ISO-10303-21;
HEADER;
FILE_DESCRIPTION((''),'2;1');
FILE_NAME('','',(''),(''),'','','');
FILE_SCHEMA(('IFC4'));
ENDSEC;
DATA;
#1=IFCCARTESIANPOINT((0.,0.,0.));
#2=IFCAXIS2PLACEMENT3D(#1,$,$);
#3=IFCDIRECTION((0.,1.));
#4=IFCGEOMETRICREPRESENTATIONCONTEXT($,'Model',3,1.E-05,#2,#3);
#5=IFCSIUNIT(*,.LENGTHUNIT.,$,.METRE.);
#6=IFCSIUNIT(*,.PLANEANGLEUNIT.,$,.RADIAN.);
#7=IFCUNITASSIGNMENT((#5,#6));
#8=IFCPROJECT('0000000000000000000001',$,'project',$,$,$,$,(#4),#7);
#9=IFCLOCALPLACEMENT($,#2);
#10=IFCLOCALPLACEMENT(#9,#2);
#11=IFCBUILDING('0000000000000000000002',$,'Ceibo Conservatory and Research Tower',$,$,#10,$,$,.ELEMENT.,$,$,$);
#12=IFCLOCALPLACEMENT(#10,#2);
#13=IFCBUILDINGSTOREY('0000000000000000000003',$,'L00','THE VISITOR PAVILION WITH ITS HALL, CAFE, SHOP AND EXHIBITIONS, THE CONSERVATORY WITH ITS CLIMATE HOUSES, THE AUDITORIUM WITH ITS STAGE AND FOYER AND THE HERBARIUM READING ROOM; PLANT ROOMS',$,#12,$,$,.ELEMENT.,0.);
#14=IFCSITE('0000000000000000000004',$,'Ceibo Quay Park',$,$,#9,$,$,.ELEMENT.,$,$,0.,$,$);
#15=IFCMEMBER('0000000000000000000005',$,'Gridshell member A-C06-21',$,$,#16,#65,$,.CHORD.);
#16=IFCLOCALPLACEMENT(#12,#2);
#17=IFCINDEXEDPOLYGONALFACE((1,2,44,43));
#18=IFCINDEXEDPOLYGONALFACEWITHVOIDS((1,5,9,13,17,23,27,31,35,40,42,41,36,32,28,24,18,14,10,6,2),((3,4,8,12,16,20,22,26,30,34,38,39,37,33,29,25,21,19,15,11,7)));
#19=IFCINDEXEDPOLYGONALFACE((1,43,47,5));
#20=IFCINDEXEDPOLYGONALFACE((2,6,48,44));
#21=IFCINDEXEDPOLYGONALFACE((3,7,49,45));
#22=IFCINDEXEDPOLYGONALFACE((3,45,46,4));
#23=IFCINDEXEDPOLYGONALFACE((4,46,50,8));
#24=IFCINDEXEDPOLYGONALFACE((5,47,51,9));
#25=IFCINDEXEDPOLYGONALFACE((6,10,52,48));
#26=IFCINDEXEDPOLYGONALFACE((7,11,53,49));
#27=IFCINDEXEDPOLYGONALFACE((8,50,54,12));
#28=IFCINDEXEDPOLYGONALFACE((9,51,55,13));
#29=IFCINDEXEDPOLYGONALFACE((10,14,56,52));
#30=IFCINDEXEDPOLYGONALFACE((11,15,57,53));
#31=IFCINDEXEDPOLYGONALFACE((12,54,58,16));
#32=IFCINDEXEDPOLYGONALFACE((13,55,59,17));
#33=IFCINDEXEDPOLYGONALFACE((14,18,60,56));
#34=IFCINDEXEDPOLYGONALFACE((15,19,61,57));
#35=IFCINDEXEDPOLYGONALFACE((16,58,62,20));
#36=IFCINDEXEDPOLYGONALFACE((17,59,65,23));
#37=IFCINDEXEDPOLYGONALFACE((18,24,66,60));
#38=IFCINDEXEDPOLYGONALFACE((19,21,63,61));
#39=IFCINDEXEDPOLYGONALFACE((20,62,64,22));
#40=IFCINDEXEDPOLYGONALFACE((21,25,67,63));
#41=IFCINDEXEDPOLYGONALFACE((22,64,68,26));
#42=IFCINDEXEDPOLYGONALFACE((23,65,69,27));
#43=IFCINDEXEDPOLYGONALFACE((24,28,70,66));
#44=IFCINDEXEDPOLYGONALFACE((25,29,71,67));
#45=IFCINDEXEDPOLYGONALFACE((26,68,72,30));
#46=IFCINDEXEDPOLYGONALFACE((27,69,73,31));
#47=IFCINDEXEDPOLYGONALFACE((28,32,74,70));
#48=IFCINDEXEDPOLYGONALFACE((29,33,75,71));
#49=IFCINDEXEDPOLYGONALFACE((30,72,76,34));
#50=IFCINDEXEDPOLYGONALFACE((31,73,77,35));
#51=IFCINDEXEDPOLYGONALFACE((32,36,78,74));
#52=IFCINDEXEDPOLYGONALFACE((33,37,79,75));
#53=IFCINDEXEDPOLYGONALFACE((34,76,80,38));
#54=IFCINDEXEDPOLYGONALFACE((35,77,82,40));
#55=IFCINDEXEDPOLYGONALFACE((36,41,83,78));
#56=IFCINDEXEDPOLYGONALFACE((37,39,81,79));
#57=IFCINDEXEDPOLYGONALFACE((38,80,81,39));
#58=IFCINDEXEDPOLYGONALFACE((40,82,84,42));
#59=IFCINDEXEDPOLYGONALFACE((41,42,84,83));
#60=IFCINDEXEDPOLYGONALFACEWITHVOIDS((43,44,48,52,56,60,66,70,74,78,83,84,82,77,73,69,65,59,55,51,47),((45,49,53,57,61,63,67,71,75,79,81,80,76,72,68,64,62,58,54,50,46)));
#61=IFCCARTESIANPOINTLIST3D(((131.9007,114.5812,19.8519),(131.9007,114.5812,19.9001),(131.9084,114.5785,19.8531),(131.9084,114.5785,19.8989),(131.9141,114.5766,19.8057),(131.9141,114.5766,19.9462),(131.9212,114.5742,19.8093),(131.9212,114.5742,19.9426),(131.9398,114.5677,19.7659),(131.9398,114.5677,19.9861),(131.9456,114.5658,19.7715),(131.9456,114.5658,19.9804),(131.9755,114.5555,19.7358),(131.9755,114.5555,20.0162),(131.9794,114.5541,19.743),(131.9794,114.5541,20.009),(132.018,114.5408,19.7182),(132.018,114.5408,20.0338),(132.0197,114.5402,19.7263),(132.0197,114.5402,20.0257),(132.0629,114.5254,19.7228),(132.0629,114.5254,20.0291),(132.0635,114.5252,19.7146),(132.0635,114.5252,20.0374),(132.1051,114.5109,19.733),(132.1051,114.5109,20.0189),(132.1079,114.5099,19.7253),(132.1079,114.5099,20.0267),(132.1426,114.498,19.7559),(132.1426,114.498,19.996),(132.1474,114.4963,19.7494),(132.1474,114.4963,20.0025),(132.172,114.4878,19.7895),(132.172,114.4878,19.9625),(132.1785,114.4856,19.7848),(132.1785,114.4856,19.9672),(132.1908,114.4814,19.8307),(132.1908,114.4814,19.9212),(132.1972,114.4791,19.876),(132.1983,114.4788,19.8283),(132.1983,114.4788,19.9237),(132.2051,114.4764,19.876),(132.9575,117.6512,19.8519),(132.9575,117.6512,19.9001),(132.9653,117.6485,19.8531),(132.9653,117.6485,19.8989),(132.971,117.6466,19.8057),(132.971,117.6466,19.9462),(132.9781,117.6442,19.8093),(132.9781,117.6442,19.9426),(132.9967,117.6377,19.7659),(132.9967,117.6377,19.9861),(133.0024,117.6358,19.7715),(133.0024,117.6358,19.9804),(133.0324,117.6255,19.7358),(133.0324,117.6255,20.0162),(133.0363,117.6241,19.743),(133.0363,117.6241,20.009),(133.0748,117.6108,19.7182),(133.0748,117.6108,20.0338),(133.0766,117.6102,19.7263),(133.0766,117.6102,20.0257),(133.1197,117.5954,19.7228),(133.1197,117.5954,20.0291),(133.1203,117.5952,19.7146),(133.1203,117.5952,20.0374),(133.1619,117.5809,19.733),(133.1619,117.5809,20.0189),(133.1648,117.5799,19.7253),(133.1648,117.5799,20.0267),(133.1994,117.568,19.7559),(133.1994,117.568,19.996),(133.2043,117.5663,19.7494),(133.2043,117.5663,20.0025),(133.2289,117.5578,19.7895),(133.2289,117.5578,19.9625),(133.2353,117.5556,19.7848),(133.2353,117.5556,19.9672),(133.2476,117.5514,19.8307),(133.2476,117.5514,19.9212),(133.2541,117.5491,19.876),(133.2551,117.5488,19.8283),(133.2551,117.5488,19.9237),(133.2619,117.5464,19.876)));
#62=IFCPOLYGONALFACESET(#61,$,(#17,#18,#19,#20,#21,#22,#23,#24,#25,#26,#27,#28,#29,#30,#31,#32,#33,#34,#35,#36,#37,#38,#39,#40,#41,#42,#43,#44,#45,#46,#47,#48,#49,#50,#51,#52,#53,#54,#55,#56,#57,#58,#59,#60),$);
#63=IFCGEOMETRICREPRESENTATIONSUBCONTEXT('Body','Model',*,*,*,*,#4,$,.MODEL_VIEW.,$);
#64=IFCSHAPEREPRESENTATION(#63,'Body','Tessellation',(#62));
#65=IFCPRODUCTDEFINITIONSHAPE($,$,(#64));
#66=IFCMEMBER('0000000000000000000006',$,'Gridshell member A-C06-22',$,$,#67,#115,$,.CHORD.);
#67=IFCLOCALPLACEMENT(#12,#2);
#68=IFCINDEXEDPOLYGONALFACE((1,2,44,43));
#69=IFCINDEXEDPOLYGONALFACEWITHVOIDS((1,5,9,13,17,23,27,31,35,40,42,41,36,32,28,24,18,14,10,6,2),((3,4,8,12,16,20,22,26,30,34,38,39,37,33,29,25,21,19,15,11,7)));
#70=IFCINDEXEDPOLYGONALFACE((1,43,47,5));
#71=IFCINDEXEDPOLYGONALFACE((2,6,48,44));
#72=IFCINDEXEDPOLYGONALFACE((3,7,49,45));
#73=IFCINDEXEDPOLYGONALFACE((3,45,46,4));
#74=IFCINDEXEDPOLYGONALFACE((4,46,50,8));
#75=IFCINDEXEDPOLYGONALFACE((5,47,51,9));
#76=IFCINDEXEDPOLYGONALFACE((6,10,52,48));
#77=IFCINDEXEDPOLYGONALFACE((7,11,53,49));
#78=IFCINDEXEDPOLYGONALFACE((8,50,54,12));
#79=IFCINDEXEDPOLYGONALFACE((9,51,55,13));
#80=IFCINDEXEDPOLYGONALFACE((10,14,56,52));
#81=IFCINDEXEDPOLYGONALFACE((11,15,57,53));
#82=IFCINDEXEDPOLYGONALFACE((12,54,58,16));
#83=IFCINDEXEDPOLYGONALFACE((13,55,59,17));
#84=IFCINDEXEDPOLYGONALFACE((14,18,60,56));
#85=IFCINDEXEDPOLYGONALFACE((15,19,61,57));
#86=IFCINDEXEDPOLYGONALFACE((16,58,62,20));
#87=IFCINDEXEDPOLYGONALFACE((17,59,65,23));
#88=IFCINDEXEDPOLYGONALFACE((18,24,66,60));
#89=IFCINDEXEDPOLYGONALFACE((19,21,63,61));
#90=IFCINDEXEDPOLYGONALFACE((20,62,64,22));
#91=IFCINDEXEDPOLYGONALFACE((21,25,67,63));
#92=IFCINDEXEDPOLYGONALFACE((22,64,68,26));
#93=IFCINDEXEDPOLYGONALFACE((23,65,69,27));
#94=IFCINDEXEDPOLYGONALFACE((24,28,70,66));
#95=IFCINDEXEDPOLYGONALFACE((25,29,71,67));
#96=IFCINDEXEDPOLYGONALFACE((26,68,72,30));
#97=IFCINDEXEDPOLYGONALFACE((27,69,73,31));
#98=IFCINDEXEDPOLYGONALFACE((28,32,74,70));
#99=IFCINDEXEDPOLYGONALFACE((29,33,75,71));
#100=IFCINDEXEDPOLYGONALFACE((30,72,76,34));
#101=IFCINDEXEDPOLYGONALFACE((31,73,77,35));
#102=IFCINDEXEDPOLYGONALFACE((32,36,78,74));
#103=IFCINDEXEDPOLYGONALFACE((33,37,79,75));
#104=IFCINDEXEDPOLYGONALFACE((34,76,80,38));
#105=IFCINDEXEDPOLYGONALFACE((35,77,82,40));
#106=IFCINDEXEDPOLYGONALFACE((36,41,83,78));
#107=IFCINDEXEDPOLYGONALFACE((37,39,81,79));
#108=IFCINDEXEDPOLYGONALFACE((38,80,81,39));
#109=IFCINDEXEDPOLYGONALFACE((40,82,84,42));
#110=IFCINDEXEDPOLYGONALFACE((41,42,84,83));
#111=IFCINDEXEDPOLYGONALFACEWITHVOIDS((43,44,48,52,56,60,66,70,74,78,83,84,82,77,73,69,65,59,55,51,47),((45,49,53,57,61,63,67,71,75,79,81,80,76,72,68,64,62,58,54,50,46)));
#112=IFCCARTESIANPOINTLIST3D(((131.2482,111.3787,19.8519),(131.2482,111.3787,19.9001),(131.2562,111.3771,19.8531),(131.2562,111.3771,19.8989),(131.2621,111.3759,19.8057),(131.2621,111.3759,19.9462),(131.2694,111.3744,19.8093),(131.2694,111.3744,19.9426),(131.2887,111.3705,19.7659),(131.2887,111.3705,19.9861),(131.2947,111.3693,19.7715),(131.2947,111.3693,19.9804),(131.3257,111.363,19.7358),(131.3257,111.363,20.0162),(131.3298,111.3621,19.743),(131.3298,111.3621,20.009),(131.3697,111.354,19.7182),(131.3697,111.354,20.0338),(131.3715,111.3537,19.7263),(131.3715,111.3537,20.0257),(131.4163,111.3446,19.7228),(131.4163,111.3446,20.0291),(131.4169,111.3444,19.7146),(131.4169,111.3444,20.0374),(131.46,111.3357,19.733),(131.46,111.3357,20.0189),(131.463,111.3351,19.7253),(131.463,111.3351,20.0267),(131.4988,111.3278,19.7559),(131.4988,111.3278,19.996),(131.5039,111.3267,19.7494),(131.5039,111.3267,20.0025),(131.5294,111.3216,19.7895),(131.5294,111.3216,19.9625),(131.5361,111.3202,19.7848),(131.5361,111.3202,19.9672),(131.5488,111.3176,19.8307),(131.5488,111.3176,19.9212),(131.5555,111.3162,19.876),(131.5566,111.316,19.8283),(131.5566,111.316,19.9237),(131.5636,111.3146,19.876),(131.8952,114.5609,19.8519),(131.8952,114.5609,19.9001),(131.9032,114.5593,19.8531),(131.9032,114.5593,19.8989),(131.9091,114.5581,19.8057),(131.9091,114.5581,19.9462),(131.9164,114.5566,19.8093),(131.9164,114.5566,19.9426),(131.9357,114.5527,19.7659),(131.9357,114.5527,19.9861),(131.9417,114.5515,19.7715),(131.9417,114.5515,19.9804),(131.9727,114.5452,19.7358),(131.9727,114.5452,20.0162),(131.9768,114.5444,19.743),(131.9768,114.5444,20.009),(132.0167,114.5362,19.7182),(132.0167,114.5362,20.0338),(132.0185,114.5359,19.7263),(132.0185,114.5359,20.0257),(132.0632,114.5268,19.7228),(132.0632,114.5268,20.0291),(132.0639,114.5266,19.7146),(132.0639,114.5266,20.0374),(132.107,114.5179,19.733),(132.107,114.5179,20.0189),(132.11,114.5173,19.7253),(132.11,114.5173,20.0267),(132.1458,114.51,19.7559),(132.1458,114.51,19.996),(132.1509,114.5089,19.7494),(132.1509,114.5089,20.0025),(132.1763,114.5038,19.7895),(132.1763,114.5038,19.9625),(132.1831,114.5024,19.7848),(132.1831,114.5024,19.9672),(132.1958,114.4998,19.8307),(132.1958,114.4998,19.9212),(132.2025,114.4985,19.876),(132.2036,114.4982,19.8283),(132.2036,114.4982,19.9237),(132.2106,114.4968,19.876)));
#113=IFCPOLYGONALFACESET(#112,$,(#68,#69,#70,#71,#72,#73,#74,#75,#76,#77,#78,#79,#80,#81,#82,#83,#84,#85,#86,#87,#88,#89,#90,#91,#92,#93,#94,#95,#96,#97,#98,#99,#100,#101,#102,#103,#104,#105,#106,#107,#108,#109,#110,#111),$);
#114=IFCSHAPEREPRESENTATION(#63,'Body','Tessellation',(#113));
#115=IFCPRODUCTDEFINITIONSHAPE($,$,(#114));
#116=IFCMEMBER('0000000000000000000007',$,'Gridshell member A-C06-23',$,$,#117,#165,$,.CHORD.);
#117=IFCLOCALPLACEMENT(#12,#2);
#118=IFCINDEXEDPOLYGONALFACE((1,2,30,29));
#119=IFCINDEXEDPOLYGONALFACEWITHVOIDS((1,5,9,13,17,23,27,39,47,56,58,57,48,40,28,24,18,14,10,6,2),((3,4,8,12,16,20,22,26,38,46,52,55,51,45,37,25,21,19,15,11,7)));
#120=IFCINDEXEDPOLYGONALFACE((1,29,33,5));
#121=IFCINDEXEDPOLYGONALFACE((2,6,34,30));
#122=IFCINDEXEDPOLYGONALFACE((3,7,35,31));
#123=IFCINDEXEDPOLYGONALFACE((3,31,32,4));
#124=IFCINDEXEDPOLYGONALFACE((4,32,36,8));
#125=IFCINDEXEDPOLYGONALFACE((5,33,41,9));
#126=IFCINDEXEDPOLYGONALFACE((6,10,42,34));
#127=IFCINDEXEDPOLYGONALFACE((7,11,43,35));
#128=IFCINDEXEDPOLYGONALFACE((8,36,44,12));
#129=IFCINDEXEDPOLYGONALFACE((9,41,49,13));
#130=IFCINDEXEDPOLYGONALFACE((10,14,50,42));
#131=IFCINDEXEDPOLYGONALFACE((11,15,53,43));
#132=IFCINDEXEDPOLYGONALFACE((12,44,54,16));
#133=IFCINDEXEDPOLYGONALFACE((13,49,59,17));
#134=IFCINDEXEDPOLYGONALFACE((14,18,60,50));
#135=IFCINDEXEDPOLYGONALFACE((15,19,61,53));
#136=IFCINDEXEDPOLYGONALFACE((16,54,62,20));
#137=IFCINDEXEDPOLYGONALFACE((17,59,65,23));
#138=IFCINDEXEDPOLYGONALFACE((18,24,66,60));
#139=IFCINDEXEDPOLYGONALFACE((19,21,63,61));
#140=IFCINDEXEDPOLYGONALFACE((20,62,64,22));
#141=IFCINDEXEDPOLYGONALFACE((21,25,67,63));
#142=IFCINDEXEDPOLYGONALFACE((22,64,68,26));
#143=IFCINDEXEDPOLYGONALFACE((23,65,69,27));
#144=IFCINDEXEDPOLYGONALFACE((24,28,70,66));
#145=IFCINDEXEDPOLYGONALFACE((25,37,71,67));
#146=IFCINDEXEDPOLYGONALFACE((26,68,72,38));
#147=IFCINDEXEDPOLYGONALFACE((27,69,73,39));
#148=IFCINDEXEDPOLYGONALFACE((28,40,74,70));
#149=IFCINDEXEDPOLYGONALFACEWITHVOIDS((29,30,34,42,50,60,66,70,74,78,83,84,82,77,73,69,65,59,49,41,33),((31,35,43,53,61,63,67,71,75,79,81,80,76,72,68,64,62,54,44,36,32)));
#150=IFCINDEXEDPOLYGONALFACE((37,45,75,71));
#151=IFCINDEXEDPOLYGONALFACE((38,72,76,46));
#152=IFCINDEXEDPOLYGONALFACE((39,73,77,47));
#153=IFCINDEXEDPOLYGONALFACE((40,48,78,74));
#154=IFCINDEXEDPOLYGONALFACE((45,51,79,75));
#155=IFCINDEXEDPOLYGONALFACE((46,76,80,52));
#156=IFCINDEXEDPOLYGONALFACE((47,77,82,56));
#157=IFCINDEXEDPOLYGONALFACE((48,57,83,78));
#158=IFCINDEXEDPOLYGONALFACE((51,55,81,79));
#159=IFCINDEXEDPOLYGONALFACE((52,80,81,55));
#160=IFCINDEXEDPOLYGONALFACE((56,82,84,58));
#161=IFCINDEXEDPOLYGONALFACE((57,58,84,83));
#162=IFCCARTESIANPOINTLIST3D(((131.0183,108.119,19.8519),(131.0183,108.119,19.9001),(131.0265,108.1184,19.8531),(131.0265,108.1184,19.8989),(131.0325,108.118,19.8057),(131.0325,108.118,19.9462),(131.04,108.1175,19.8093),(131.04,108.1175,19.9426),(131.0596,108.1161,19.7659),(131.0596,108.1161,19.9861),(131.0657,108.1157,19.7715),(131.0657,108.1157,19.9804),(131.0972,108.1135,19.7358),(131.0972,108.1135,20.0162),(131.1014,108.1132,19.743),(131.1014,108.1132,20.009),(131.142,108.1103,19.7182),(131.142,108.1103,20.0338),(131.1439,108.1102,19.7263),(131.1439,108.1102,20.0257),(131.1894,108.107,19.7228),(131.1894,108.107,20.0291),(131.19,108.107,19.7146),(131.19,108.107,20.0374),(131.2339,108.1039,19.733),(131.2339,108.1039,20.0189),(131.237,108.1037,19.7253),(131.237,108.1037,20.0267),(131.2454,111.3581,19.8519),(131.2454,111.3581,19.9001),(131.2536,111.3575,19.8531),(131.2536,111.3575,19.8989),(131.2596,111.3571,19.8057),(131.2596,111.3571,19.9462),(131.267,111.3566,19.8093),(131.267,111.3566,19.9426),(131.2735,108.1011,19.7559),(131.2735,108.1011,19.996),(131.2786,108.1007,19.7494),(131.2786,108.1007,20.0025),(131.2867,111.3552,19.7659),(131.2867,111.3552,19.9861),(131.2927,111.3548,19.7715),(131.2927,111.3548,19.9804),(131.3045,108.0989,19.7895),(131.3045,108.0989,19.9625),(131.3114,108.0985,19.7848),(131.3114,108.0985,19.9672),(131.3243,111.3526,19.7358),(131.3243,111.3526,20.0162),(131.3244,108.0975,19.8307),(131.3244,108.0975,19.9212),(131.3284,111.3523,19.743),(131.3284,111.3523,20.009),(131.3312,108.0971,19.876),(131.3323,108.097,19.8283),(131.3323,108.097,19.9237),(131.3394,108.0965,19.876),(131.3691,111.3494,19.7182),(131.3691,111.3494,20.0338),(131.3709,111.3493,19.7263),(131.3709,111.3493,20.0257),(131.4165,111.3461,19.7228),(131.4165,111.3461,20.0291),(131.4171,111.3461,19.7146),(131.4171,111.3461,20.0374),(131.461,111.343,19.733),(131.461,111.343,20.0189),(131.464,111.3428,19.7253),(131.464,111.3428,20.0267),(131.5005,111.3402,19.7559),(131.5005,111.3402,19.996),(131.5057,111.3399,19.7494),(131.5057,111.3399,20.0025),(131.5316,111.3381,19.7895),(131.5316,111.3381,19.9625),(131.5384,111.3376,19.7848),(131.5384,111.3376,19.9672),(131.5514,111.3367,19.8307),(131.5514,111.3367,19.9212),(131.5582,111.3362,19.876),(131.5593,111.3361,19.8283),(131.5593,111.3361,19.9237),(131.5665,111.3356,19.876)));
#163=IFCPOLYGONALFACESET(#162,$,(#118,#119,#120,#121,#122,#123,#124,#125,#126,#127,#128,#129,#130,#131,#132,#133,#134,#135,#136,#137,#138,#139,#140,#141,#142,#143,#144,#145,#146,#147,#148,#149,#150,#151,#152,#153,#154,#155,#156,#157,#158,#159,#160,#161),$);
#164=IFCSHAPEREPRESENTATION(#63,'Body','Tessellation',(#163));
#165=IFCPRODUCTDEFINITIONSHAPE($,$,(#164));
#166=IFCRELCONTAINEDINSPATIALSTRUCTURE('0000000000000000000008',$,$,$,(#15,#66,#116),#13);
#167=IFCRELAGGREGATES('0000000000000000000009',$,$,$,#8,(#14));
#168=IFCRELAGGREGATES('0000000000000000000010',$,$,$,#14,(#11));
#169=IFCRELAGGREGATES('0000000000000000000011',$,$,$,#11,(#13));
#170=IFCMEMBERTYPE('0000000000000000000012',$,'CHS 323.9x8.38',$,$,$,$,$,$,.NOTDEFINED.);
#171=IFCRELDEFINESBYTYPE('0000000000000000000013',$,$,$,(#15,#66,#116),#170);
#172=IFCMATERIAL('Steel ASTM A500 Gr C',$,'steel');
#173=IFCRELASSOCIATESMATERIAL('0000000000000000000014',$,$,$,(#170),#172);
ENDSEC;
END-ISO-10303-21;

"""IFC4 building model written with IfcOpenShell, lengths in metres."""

from ifc_helpers import new_model, si_unit, direction, frame, origin, origin_2d, place, context, subcontext, project, spatial, hollow_circle, extrude, material, material_profile, profile_set, type_object, element, save


model = new_model("IFC4")

# Units and contexts
model_context = context("Model", 3, precision=1e-05, world=origin(), true_north=direction((0.0, 1.0)))
body_context = subcontext(model_context, "Body", "Model", "MODEL_VIEW")
ifc_project = project(units=[si_unit("LENGTHUNIT", "METRE"), si_unit("PLANEANGLEUNIT", "RADIAN")], contexts=[model_context])

# Site, building, storey
site_placement = place(None, origin())
site = spatial("IfcSite", under=ifc_project, at=site_placement, Name="Ceibo Quay Park", CompositionType="ELEMENT", RefElevation=0.0)
building_placement = place(site_placement, origin())
building = spatial("IfcBuilding", under=site, at=building_placement, Name="Ceibo Conservatory and Research Tower", CompositionType="ELEMENT")
storey_placement = place(building_placement, origin())
storey = spatial("IfcBuildingStorey", under=building, at=storey_placement, Name="L00", Description="THE VISITOR PAVILION WITH ITS HALL, CAFE, SHOP AND EXHIBITIONS, THE CONSERVATORY WITH ITS CLIMATE HOUSES, THE AUDITORIUM WITH ITS STAGE AND FOYER AND THE HERBARIUM READING ROOM; PLANT ROOMS", CompositionType="ELEMENT", Elevation=0.0)

# Members
ifc_material_1 = material(Name="Steel ASTM A500 Gr C", Category="steel")
ifc_material_profile_1 = material_profile(ifc_material_1, hollow_circle(Radius=0.1619, WallThickness=0.0083, at=origin_2d()), Name="CHS 323.9x8.38")
ifc_profile_set_1 = profile_set([ifc_material_profile_1], Name="Steel ASTM A500 Gr C")
member_type_1 = type_object("IfcMemberType", Name="CHS 323.9x8.38", PredefinedType="NOTDEFINED", material=ifc_profile_set_1)
member_1_placement = place(storey_placement, frame((133.1089, 117.5991, 19.876), z_axis=(-0.325506, -0.94554, 0.0), x_axis=(0.94554, -0.325506, 0.0)))
element("IfcMember", 1, at=member_1_placement, inside=storey, type_object=member_type_1, Name="Gridshell member A-C06-21", PredefinedType="CHORD", context=body_context, shape_type="SweptSolid", body=[
    extrude(hollow_circle(Radius=0.1619, WallThickness=0.0083, at=origin_2d()), origin(), (0.0, 0.0, 1.0), 3.2468),
])
member_2_placement = place(storey_placement, frame((132.052, 114.5291, 19.876), z_axis=(-0.199238, -0.979951, 0.0), x_axis=(0.979951, -0.199238, 0.0)))
element("IfcMember", 2, at=member_2_placement, inside=storey, type_object=member_type_1, Name="Gridshell member A-C06-22", PredefinedType="CHORD", context=body_context, shape_type="SweptSolid", body=[
    extrude(hollow_circle(Radius=0.1619, WallThickness=0.0083, at=origin_2d()), origin(), (0.0, 0.0, 1.0), 3.2473),
])
member_3_placement = place(storey_placement, frame((131.405, 111.3469, 19.876), z_axis=(-0.069927, -0.997552, 0.0), x_axis=(0.997552, -0.069927, 0.0)))
element("IfcMember", 3, at=member_3_placement, inside=storey, type_object=member_type_1, Name="Gridshell member A-C06-23", PredefinedType="CHORD", context=body_context, shape_type="SweptSolid", body=[
    extrude(hollow_circle(Radius=0.1619, WallThickness=0.0083, at=origin_2d()), origin(), (0.0, 0.0, 1.0), 3.2471),
])

save(model, "model.ifc")
